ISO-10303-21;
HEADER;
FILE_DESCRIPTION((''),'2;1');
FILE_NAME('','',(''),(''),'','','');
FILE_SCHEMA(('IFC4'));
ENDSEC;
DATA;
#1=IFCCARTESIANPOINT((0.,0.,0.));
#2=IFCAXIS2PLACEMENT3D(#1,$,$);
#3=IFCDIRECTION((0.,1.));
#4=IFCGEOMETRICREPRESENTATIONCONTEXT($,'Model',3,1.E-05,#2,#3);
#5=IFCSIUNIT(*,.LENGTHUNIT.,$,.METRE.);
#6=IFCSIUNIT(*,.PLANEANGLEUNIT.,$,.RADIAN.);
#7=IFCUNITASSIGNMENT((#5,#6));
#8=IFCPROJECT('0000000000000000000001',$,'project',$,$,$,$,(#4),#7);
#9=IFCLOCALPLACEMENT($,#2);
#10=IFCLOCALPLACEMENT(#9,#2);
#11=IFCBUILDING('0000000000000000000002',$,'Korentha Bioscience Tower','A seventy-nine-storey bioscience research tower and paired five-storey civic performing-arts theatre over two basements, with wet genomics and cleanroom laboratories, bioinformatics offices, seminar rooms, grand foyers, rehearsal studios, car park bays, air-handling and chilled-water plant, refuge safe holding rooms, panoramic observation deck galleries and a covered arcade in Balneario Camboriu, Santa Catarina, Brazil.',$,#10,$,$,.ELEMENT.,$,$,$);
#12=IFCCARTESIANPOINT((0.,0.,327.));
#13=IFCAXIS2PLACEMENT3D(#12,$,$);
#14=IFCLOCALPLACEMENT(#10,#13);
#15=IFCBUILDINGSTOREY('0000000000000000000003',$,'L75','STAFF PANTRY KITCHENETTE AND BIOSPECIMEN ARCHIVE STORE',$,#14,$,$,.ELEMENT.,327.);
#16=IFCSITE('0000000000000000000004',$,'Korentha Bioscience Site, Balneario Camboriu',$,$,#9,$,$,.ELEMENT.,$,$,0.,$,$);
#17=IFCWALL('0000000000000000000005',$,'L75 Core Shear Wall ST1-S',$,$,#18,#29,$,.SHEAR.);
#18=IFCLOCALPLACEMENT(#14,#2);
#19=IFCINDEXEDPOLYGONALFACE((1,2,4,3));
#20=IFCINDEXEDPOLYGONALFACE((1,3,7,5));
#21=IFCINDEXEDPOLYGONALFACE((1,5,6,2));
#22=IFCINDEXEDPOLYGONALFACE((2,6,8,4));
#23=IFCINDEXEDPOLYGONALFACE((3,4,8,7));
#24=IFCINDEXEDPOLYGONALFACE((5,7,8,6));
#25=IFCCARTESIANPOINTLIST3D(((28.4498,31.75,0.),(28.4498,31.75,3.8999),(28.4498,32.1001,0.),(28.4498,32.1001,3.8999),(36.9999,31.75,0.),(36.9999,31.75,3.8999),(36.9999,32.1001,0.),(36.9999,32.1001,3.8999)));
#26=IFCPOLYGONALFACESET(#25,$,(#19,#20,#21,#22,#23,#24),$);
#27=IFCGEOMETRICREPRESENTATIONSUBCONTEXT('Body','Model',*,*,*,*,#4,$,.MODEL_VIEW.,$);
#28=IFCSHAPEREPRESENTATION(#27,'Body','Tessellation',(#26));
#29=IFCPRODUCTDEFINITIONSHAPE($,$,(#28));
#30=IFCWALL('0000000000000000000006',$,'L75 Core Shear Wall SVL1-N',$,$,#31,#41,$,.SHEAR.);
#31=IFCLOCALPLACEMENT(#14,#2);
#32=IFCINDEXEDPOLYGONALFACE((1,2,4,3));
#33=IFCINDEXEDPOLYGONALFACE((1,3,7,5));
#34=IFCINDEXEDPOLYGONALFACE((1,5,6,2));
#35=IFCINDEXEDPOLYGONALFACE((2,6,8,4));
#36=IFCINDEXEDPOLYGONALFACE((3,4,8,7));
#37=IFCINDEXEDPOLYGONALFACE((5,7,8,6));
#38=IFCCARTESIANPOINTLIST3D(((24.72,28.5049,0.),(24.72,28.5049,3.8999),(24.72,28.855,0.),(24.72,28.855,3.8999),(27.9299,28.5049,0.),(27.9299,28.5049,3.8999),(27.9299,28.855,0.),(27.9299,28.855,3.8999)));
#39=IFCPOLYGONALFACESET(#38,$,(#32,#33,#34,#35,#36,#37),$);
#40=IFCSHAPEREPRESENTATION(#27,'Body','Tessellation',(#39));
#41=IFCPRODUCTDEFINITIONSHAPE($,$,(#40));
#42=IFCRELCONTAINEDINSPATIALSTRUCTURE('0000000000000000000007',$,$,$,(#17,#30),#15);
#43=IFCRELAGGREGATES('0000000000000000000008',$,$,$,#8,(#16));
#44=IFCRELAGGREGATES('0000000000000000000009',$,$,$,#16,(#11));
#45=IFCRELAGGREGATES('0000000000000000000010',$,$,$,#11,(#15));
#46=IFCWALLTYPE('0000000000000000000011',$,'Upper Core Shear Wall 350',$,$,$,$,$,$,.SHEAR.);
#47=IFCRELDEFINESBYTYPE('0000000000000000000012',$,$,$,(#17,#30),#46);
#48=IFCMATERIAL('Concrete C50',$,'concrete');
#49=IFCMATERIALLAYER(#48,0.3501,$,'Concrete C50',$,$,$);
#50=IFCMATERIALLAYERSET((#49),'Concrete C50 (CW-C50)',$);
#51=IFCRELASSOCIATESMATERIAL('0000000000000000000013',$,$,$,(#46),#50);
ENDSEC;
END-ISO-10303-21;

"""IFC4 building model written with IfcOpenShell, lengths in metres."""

from ifc_helpers import new_model, si_unit, direction, frame, frame_2d, origin, place, context, subcontext, project, spatial, rectangle, extrude, material, layer, layer_set, type_object, element, save


model = new_model("IFC4")

# Units and contexts
model_context = context("Model", 3, precision=1e-05, world=origin(), true_north=direction((0.0, 1.0)))
body_context = subcontext(model_context, "Body", "Model", "MODEL_VIEW")
ifc_project = project(units=[si_unit("LENGTHUNIT", "METRE"), si_unit("PLANEANGLEUNIT", "RADIAN")], contexts=[model_context])

# Site, building, storey
site_placement = place(None, origin())
site = spatial("IfcSite", under=ifc_project, at=site_placement, Name="Korentha Bioscience Site, Balneario Camboriu", CompositionType="ELEMENT", RefElevation=0.0)
building_placement = place(site_placement, origin())
building = spatial("IfcBuilding", under=site, at=building_placement, Name="Korentha Bioscience Tower", Description="A seventy-nine-storey bioscience research tower and paired five-storey civic performing-arts theatre over two basements, with wet genomics and cleanroom laboratories, bioinformatics offices, seminar rooms, grand foyers, rehearsal studios, car park bays, air-handling and chilled-water plant, refuge safe holding rooms, panoramic observation deck galleries and a covered arcade in Balneario Camboriu, Santa Catarina, Brazil.", CompositionType="ELEMENT")
storey_placement = place(building_placement, frame((0.0, 0.0, 327.0)))
storey = spatial("IfcBuildingStorey", under=building, at=storey_placement, Name="L75", Description="STAFF PANTRY KITCHENETTE AND BIOSPECIMEN ARCHIVE STORE", CompositionType="ELEMENT", Elevation=327.0)

# Wall
ifc_material_1 = material(Name="Concrete C50", Category="concrete")
ifc_layer_1 = layer(ifc_material_1, 0.3501, Name="Concrete C50")
ifc_layer_set_1 = layer_set([ifc_layer_1], Name="Concrete C50 (CW-C50)")
wall_type_1 = type_object("IfcWallType", Name="Upper Core Shear Wall 350", PredefinedType="SHEAR", material=ifc_layer_set_1)
wall_1_placement = place(storey_placement, frame((28.45, 31.925, 0.0), z_axis=(0.0, 0.0, 1.0), x_axis=(1.0, 0.0, 0.0)))
element("IfcWall", 1, at=wall_1_placement, inside=storey, type_object=wall_type_1, Name="L75 Core Shear Wall ST1-S", PredefinedType="SHEAR", context=body_context, shape_type="SweptSolid", body=[
    extrude(rectangle(XDim=8.55, YDim=0.3501, at=frame_2d((4.2749, 0.0))), origin(), (0.0, 0.0, 1.0), 3.8999),
])

# Wall
wall_2_placement = place(storey_placement, frame((24.72, 28.6799, 0.0), z_axis=(0.0, 0.0, 1.0), x_axis=(1.0, 0.0, 0.0)))
element("IfcWall", 2, at=wall_2_placement, inside=storey, type_object=wall_type_1, Name="L75 Core Shear Wall SVL1-N", PredefinedType="SHEAR", context=body_context, shape_type="SweptSolid", body=[
    extrude(rectangle(XDim=3.21, YDim=0.3501, at=frame_2d((1.605, 0.0))), origin(), (0.0, 0.0, 1.0), 3.8999),
])

save(model, "model.ifc")
